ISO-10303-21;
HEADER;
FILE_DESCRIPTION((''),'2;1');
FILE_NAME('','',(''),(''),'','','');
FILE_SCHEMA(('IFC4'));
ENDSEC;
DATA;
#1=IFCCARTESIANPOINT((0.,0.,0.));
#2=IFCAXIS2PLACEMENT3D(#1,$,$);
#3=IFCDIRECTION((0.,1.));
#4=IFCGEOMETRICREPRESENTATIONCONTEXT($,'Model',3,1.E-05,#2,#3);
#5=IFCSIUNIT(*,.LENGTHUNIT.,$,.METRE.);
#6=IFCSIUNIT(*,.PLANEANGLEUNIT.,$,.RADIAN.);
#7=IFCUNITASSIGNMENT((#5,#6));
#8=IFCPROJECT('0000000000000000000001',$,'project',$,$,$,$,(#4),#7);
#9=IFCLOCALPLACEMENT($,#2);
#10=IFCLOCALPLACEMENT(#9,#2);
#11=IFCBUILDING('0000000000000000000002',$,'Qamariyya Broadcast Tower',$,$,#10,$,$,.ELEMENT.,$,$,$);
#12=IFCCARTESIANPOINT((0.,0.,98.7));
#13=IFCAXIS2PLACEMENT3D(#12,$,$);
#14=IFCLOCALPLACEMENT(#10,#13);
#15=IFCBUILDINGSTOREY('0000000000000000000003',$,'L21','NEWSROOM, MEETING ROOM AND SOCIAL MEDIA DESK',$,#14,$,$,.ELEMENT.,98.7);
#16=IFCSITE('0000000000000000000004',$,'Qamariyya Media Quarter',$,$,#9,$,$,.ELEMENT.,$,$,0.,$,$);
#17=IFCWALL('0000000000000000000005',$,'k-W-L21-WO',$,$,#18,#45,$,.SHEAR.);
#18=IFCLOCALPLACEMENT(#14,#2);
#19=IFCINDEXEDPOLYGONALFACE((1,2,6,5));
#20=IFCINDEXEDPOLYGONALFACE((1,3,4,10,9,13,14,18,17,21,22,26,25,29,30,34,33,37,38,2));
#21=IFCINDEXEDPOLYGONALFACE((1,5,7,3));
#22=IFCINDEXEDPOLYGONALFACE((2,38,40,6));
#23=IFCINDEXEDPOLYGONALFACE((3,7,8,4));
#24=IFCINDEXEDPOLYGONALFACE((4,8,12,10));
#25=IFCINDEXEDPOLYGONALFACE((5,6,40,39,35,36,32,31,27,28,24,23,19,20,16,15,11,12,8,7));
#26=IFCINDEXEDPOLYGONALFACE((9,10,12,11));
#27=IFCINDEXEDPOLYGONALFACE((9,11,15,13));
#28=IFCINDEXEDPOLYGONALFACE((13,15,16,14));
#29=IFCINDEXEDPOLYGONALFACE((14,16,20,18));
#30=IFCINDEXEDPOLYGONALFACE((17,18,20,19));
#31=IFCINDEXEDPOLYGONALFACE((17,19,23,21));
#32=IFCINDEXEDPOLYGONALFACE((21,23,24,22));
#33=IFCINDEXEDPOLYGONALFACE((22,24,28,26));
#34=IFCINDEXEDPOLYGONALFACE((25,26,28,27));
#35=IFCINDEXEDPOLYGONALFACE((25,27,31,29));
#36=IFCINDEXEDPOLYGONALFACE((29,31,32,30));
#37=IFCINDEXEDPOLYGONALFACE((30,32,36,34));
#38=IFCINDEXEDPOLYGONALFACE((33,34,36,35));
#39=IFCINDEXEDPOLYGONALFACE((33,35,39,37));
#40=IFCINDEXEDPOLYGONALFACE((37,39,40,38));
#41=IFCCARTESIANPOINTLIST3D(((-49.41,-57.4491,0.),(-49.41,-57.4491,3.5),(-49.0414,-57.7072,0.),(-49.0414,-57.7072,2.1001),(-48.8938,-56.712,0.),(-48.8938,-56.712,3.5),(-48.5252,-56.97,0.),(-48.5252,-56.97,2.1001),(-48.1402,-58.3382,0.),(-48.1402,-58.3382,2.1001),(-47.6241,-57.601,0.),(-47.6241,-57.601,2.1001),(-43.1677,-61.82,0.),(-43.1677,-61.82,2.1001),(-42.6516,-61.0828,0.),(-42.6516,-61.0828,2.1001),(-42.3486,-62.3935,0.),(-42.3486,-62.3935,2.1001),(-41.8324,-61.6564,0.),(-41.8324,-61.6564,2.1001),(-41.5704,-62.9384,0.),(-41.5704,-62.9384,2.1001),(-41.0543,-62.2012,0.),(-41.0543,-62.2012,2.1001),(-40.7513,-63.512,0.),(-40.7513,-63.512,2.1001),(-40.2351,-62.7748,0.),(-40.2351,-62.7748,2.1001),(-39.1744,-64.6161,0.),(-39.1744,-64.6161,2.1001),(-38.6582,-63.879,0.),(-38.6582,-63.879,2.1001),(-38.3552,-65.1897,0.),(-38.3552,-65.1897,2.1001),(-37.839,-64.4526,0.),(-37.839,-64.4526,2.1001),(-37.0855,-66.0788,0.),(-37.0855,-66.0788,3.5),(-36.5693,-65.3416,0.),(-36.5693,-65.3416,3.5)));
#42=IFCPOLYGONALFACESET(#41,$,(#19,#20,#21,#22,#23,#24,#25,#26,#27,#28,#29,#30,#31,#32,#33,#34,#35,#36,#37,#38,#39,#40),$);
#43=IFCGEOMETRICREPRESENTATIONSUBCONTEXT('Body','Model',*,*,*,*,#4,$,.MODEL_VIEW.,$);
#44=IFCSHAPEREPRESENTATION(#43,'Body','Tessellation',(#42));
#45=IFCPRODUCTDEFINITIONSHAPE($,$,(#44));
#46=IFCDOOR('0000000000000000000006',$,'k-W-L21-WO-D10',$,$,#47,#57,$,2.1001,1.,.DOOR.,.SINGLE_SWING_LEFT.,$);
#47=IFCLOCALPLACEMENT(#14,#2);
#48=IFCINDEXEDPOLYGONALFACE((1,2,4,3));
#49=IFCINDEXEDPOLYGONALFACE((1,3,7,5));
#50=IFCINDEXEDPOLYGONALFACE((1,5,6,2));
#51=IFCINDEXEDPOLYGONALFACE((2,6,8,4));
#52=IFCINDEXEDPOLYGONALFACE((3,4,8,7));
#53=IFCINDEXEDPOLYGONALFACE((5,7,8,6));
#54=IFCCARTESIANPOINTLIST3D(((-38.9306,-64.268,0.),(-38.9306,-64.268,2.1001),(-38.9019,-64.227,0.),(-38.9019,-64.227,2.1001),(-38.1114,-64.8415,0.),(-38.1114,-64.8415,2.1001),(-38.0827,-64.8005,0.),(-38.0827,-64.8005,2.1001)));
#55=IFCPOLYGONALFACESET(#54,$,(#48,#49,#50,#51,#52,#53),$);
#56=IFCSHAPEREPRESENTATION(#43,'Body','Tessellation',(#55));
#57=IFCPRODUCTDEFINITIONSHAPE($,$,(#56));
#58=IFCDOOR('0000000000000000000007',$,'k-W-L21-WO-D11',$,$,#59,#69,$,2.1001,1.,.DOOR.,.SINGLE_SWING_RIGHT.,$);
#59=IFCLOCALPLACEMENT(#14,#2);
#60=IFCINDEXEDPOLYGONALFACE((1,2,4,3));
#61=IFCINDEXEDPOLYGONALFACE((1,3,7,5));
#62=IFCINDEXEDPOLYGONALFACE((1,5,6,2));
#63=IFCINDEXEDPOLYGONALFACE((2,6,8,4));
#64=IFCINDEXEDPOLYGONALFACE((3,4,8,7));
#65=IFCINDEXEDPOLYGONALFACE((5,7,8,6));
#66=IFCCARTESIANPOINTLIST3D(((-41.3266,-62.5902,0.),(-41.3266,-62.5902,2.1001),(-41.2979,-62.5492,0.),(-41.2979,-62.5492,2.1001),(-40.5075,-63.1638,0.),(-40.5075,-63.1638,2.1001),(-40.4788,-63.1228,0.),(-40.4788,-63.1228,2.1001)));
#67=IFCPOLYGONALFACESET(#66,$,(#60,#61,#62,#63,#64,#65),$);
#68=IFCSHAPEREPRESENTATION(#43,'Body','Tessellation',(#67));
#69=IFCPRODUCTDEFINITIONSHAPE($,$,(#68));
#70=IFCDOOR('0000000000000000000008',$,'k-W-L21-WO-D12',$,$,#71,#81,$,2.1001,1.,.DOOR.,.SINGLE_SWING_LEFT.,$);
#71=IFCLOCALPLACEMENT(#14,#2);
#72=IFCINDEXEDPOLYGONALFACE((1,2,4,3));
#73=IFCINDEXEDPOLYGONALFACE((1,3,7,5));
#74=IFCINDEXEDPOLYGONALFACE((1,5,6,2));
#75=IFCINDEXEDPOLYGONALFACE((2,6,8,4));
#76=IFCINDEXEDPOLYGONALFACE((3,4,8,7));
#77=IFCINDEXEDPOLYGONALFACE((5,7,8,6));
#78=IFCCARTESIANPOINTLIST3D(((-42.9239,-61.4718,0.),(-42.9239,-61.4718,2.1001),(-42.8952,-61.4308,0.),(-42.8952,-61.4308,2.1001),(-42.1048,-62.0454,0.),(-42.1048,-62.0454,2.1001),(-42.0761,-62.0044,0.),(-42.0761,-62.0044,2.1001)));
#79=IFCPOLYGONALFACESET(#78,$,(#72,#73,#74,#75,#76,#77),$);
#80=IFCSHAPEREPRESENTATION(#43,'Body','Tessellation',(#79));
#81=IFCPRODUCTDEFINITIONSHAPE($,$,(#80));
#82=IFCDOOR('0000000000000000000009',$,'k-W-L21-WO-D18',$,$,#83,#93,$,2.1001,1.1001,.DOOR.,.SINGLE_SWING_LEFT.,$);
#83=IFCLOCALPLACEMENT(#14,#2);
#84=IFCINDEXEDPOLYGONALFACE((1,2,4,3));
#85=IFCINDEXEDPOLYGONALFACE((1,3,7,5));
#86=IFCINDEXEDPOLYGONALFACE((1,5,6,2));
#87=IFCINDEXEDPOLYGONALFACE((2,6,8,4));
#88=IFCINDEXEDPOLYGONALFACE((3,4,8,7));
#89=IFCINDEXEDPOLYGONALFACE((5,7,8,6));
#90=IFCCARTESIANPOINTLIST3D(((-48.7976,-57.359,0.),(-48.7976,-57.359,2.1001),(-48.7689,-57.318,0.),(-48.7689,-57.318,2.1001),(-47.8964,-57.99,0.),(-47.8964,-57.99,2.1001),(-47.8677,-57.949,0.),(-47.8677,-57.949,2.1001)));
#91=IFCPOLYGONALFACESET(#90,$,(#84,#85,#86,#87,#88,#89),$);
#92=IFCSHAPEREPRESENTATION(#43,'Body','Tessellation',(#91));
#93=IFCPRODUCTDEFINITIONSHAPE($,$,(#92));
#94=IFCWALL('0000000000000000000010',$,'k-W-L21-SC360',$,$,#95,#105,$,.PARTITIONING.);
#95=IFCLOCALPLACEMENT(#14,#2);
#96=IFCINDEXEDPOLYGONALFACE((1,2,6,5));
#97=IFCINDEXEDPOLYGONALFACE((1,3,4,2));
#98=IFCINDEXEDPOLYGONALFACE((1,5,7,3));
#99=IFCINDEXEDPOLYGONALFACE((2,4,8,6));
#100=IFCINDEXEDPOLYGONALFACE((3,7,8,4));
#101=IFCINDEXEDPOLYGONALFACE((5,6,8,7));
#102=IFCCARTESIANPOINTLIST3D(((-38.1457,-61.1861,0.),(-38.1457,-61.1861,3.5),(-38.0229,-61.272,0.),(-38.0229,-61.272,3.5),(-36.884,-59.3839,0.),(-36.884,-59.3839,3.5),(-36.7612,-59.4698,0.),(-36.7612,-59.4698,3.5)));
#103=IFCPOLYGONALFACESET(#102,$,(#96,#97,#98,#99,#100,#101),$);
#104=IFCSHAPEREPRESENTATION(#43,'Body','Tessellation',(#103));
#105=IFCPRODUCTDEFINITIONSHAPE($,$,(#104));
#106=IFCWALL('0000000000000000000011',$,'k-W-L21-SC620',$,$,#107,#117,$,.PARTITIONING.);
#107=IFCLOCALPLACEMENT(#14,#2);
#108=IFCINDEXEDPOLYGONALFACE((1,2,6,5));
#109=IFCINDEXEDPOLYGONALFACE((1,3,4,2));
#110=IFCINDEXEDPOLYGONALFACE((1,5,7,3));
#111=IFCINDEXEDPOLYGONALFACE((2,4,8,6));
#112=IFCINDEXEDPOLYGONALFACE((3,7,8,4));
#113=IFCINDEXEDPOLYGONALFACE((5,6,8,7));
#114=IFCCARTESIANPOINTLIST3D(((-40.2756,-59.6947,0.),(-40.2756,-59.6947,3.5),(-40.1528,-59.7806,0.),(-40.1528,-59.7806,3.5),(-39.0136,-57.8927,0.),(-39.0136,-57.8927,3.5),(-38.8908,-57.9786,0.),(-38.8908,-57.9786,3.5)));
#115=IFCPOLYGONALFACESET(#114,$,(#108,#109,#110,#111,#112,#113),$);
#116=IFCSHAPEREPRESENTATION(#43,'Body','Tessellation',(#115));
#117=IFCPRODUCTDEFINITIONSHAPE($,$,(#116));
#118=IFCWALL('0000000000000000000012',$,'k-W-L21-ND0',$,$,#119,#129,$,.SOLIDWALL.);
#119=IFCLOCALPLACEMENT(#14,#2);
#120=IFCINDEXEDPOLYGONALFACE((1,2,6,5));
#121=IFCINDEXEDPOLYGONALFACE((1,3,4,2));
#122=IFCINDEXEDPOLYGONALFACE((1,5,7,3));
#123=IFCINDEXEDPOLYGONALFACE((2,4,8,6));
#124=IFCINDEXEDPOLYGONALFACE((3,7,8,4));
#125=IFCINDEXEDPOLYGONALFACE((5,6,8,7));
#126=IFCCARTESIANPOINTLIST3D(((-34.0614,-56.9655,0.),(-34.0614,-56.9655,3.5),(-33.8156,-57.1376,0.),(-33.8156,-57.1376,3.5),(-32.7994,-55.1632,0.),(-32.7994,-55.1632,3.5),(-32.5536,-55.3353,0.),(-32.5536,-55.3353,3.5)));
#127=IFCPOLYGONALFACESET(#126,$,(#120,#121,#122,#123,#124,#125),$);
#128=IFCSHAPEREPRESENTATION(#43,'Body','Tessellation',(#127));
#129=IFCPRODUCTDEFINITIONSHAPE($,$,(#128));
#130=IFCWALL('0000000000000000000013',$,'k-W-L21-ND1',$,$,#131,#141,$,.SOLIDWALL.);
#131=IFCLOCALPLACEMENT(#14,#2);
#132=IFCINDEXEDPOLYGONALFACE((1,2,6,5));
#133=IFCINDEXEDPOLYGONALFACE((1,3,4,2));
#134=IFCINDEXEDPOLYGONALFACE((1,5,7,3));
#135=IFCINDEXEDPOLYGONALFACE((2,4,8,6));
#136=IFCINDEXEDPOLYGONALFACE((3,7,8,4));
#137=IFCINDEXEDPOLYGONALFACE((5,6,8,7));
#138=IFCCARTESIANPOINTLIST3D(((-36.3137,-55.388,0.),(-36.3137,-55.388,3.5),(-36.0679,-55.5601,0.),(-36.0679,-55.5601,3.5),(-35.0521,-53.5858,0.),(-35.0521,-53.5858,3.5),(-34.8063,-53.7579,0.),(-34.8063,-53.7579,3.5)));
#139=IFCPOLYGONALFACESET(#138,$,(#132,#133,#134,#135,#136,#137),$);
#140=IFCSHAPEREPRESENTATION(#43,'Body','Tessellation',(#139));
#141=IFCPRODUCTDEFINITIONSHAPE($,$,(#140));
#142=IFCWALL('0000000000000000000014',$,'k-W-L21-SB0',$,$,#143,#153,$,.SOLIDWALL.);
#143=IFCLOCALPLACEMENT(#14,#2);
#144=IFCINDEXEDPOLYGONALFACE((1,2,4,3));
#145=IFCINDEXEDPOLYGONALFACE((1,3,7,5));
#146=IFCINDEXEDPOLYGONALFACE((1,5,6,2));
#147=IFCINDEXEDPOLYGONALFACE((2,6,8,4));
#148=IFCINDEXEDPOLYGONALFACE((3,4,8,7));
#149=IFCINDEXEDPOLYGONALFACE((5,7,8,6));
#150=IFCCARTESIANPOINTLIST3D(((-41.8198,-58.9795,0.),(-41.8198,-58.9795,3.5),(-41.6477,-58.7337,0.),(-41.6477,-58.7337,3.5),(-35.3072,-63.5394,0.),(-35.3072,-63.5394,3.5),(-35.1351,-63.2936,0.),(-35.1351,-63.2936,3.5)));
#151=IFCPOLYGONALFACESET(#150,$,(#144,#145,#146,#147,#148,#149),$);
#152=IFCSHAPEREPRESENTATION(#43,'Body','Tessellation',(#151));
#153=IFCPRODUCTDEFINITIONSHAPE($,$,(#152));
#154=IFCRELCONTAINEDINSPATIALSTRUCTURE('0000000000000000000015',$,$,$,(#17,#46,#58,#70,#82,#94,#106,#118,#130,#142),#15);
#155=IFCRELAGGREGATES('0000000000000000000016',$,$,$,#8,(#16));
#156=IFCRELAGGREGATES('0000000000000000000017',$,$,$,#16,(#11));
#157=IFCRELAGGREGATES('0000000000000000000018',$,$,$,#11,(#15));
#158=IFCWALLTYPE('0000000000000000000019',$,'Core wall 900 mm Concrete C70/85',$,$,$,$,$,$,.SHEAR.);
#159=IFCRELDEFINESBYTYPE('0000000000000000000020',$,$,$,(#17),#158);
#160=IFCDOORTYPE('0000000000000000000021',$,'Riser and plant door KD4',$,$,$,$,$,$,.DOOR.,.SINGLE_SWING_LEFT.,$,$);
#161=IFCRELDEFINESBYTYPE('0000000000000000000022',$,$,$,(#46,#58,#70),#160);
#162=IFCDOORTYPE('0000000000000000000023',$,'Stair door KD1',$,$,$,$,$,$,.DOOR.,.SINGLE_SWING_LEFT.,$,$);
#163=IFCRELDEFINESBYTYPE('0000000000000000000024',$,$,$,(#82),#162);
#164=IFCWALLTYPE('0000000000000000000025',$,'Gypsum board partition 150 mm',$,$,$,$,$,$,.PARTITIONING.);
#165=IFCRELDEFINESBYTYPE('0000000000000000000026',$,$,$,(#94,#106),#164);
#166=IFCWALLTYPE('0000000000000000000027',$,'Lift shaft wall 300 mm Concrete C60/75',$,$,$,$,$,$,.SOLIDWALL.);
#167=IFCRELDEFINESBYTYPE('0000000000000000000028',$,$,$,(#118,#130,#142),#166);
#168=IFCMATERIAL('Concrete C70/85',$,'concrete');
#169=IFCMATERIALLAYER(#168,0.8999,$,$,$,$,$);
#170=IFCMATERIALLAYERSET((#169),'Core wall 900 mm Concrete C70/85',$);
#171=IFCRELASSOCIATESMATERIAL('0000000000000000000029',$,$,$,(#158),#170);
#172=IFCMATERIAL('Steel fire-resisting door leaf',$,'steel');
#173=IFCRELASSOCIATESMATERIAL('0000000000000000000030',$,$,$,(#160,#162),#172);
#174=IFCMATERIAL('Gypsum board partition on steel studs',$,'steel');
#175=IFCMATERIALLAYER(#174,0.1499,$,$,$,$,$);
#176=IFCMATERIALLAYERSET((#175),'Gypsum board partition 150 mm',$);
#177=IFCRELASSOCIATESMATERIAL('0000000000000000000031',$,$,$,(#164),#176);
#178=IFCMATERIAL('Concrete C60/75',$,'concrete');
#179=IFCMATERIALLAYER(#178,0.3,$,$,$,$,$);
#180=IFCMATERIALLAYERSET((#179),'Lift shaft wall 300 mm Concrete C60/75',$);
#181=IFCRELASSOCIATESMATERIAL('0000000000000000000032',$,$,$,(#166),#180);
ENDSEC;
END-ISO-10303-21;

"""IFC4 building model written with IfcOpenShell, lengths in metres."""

from ifc_helpers import new_model, si_unit, direction, frame, frame_2d, origin, place, context, subcontext, project, spatial, rectangle, extrude, material, layer, layer_set, type_object, element, fill, save


model = new_model("IFC4")

# Units and contexts
model_context = context("Model", 3, precision=1e-05, world=origin(), true_north=direction((0.0, 1.0)))
body_context = subcontext(model_context, "Body", "Model", "MODEL_VIEW")
ifc_project = project(units=[si_unit("LENGTHUNIT", "METRE"), si_unit("PLANEANGLEUNIT", "RADIAN")], contexts=[model_context])

# Site, building, storey
site_placement = place(None, origin())
site = spatial("IfcSite", under=ifc_project, at=site_placement, Name="Qamariyya Media Quarter", CompositionType="ELEMENT", RefElevation=0.0)
building_placement = place(site_placement, origin())
building = spatial("IfcBuilding", under=site, at=building_placement, Name="Qamariyya Broadcast Tower", CompositionType="ELEMENT")
storey_placement = place(building_placement, frame((0.0, 0.0, 98.7)))
storey = spatial("IfcBuildingStorey", under=building, at=storey_placement, Name="L21", Description="NEWSROOM, MEETING ROOM AND SOCIAL MEDIA DESK", CompositionType="ELEMENT", Elevation=98.7)

# Shared definitions
ifc_material_1 = material(Name="Concrete C70/85", Category="concrete")

# Shared definitions
ifc_layer_1 = layer(ifc_material_1, 0.8999)
ifc_layer_set_1 = layer_set([ifc_layer_1], Name="Core wall 900 mm Concrete C70/85")
wall_type_1 = type_object("IfcWallType", Name="Core wall 900 mm Concrete C70/85", PredefinedType="SHEAR", material=ifc_layer_set_1)
ifc_material_2 = material(Name="Steel fire-resisting door leaf", Category="steel")

# Wall, openings, doors
wall_1_placement = place(storey_placement, frame((-36.8274, -65.7102, 0.0), z_axis=(0.0, 0.0, 1.0), x_axis=(-0.819153, 0.573575, 0.0)))
wall_1 = element("IfcWall", 1, at=wall_1_placement, inside=storey, type_object=wall_type_1, Name="k-W-L21-WO", PredefinedType="SHEAR", context=body_context, shape_type="SweptSolid", body=[
    extrude(rectangle(XDim=15.0454, YDim=0.8999, at=frame_2d((7.5227, 0.0))), origin(), (0.0, 0.0, 1.0), 3.5),
])
opening_1_placement = place(wall_1_placement, frame((1.55, 0.0, 0.0)))
opening_1 = element("IfcOpeningElement", 2, at=opening_1_placement, cuts=wall_1, PredefinedType="OPENING", context=body_context, shape_type="SweptSolid", body=[
    extrude(rectangle(XDim=1.0, YDim=2.1001, at=frame_2d((0.5, 1.05))), frame((0.0, 0.46, 0.0), z_axis=(0.0, -1.0, 0.0), x_axis=(1.0, 0.0, 0.0)), (0.0, 0.0, 1.0), 0.9199),
])
opening_2_placement = place(wall_1_placement, frame((4.4751, 0.0, 0.0)))
opening_2 = element("IfcOpeningElement", 3, at=opening_2_placement, cuts=wall_1, PredefinedType="OPENING", context=body_context, shape_type="SweptSolid", body=[
    extrude(rectangle(XDim=1.0, YDim=2.1001, at=frame_2d((0.5, 1.05))), frame((0.0, 0.46, 0.0), z_axis=(0.0, -1.0, 0.0), x_axis=(1.0, 0.0, 0.0)), (0.0, 0.0, 1.0), 0.9199),
])
opening_3_placement = place(wall_1_placement, frame((6.425, 0.0, 0.0)))
opening_3 = element("IfcOpeningElement", 4, at=opening_3_placement, cuts=wall_1, PredefinedType="OPENING", context=body_context, shape_type="SweptSolid", body=[
    extrude(rectangle(XDim=1.0, YDim=2.1001, at=frame_2d((0.5, 1.05))), frame((0.0, 0.46, 0.0), z_axis=(0.0, -1.0, 0.0), x_axis=(1.0, 0.0, 0.0)), (0.0, 0.0, 1.0), 0.9199),
])
opening_4_placement = place(wall_1_placement, frame((13.4954, 0.0, 0.0)))
opening_4 = element("IfcOpeningElement", 5, at=opening_4_placement, cuts=wall_1, PredefinedType="OPENING", context=body_context, shape_type="SweptSolid", body=[
    extrude(rectangle(XDim=1.1001, YDim=2.1001, at=frame_2d((0.55, 1.05))), frame((0.0, 0.46, 0.0), z_axis=(0.0, -1.0, 0.0), x_axis=(1.0, 0.0, 0.0)), (0.0, 0.0, 1.0), 0.9199),
])
door_type_1 = type_object("IfcDoorType", Name="Riser and plant door KD4", OperationType="SINGLE_SWING_LEFT", PredefinedType="DOOR", material=ifc_material_2)
door_1_placement = place(opening_1_placement, origin())
door_1 = element("IfcDoor", 6, at=door_1_placement, inside=storey, type_object=door_type_1, Name="k-W-L21-WO-D10", OperationType="SINGLE_SWING_LEFT", OverallHeight=2.1001, OverallWidth=1.0, PredefinedType="DOOR", context=body_context, shape_type="SweptSolid", body=[
    extrude(rectangle(XDim=1.0, YDim=2.1001, at=frame_2d((0.5, 1.05))), frame((0.0, 0.0249, 0.0), z_axis=(0.0, -1.0, 0.0), x_axis=(1.0, 0.0, 0.0)), (0.0, 0.0, 1.0), 0.05),
])
fill(opening_1, door_1)
door_2_placement = place(opening_2_placement, origin())
door_2 = element("IfcDoor", 7, at=door_2_placement, inside=storey, type_object=door_type_1, Name="k-W-L21-WO-D11", OperationType="SINGLE_SWING_RIGHT", OverallHeight=2.1001, OverallWidth=1.0, PredefinedType="DOOR", context=body_context, shape_type="SweptSolid", body=[
    extrude(rectangle(XDim=1.0, YDim=2.1001, at=frame_2d((0.5, 1.05))), frame((0.0, 0.0249, 0.0), z_axis=(0.0, -1.0, 0.0), x_axis=(1.0, 0.0, 0.0)), (0.0, 0.0, 1.0), 0.05),
])
fill(opening_2, door_2)
door_3_placement = place(opening_3_placement, origin())
door_3 = element("IfcDoor", 8, at=door_3_placement, inside=storey, type_object=door_type_1, Name="k-W-L21-WO-D12", OperationType="SINGLE_SWING_LEFT", OverallHeight=2.1001, OverallWidth=1.0, PredefinedType="DOOR", context=body_context, shape_type="SweptSolid", body=[
    extrude(rectangle(XDim=1.0, YDim=2.1001, at=frame_2d((0.5, 1.05))), frame((0.0, 0.0249, 0.0), z_axis=(0.0, -1.0, 0.0), x_axis=(1.0, 0.0, 0.0)), (0.0, 0.0, 1.0), 0.05),
])
fill(opening_3, door_3)
door_type_2 = type_object("IfcDoorType", Name="Stair door KD1", OperationType="SINGLE_SWING_LEFT", PredefinedType="DOOR", material=ifc_material_2)
door_4_placement = place(opening_4_placement, origin())
door_4 = element("IfcDoor", 9, at=door_4_placement, inside=storey, type_object=door_type_2, Name="k-W-L21-WO-D18", OperationType="SINGLE_SWING_LEFT", OverallHeight=2.1001, OverallWidth=1.1001, PredefinedType="DOOR", context=body_context, shape_type="SweptSolid", body=[
    extrude(rectangle(XDim=1.1001, YDim=2.1001, at=frame_2d((0.55, 1.05))), frame((0.0, 0.0249, 0.0), z_axis=(0.0, -1.0, 0.0), x_axis=(1.0, 0.0, 0.0)), (0.0, 0.0, 1.0), 0.05),
])
fill(opening_4, door_4)

# Walls
ifc_material_3 = material(Name="Gypsum board partition on steel studs", Category="steel")
ifc_layer_2 = layer(ifc_material_3, 0.1499)
ifc_layer_set_2 = layer_set([ifc_layer_2], Name="Gypsum board partition 150 mm")
wall_type_2 = type_object("IfcWallType", Name="Gypsum board partition 150 mm", PredefinedType="PARTITIONING", material=ifc_layer_set_2)
for number, where, z_axis, x_axis, name in (
    (10, (-36.8225, -59.4268, 0.0), (0.0, 0.0, 1.0), (-0.573507, -0.819201, 0.0), "k-W-L21-SC360"),
    (11, (-38.9521, -57.9355, 0.0), (0.0, 0.0, 1.0), (-0.573634, -0.819112, 0.0), "k-W-L21-SC620"),
):
    element("IfcWall", number, at=place(storey_placement, frame(where, z_axis=z_axis, x_axis=x_axis)), inside=storey, type_object=wall_type_2, Name=name, PredefinedType="PARTITIONING", context=body_context, shape_type="SweptSolid", body=[
        extrude(rectangle(XDim=2.2, YDim=0.1499, at=frame_2d((1.1001, 0.0))), origin(), (0.0, 0.0, 1.0), 3.5),
    ])
ifc_material_4 = material(Name="Concrete C60/75", Category="concrete")
ifc_layer_3 = layer(ifc_material_4, 0.3)
ifc_layer_set_3 = layer_set([ifc_layer_3], Name="Lift shaft wall 300 mm Concrete C60/75")
wall_type_3 = type_object("IfcWallType", Name="Lift shaft wall 300 mm Concrete C60/75", PredefinedType="SOLIDWALL", material=ifc_layer_set_3)
wall_2_placement = place(storey_placement, frame((-33.9385, -57.0515, 0.0), z_axis=(0.0, 0.0, 1.0), x_axis=(0.573581, 0.819149, 0.0)))
element("IfcWall", 12, at=wall_2_placement, inside=storey, type_object=wall_type_3, Name="k-W-L21-ND0", PredefinedType="SOLIDWALL", context=body_context, shape_type="SweptSolid", body=[
    extrude(rectangle(XDim=2.2002, YDim=0.3, at=frame_2d((1.1001, 0.0))), origin(), (0.0, 0.0, 1.0), 3.5),
])
wall_3_placement = place(storey_placement, frame((-36.1909, -55.4741, 0.0), z_axis=(0.0, 0.0, 1.0), x_axis=(0.573507, 0.819201, 0.0)))
element("IfcWall", 13, at=wall_3_placement, inside=storey, type_object=wall_type_3, Name="k-W-L21-ND1", PredefinedType="SOLIDWALL", context=body_context, shape_type="SweptSolid", body=[
    extrude(rectangle(XDim=2.2, YDim=0.3, at=frame_2d((1.1001, 0.0))), origin(), (0.0, 0.0, 1.0), 3.5),
])
wall_4_placement = place(storey_placement, frame((-35.2212, -63.4165, 0.0), z_axis=(0.0, 0.0, 1.0), x_axis=(-0.819167, 0.573555, 0.0)))
element("IfcWall", 14, at=wall_4_placement, inside=storey, type_object=wall_type_3, Name="k-W-L21-SB0", PredefinedType="SOLIDWALL", context=body_context, shape_type="SweptSolid", body=[
    extrude(rectangle(XDim=7.9502, YDim=0.3, at=frame_2d((3.9751, 0.0))), origin(), (0.0, 0.0, 1.0), 3.5),
])

save(model, "model.ifc")
